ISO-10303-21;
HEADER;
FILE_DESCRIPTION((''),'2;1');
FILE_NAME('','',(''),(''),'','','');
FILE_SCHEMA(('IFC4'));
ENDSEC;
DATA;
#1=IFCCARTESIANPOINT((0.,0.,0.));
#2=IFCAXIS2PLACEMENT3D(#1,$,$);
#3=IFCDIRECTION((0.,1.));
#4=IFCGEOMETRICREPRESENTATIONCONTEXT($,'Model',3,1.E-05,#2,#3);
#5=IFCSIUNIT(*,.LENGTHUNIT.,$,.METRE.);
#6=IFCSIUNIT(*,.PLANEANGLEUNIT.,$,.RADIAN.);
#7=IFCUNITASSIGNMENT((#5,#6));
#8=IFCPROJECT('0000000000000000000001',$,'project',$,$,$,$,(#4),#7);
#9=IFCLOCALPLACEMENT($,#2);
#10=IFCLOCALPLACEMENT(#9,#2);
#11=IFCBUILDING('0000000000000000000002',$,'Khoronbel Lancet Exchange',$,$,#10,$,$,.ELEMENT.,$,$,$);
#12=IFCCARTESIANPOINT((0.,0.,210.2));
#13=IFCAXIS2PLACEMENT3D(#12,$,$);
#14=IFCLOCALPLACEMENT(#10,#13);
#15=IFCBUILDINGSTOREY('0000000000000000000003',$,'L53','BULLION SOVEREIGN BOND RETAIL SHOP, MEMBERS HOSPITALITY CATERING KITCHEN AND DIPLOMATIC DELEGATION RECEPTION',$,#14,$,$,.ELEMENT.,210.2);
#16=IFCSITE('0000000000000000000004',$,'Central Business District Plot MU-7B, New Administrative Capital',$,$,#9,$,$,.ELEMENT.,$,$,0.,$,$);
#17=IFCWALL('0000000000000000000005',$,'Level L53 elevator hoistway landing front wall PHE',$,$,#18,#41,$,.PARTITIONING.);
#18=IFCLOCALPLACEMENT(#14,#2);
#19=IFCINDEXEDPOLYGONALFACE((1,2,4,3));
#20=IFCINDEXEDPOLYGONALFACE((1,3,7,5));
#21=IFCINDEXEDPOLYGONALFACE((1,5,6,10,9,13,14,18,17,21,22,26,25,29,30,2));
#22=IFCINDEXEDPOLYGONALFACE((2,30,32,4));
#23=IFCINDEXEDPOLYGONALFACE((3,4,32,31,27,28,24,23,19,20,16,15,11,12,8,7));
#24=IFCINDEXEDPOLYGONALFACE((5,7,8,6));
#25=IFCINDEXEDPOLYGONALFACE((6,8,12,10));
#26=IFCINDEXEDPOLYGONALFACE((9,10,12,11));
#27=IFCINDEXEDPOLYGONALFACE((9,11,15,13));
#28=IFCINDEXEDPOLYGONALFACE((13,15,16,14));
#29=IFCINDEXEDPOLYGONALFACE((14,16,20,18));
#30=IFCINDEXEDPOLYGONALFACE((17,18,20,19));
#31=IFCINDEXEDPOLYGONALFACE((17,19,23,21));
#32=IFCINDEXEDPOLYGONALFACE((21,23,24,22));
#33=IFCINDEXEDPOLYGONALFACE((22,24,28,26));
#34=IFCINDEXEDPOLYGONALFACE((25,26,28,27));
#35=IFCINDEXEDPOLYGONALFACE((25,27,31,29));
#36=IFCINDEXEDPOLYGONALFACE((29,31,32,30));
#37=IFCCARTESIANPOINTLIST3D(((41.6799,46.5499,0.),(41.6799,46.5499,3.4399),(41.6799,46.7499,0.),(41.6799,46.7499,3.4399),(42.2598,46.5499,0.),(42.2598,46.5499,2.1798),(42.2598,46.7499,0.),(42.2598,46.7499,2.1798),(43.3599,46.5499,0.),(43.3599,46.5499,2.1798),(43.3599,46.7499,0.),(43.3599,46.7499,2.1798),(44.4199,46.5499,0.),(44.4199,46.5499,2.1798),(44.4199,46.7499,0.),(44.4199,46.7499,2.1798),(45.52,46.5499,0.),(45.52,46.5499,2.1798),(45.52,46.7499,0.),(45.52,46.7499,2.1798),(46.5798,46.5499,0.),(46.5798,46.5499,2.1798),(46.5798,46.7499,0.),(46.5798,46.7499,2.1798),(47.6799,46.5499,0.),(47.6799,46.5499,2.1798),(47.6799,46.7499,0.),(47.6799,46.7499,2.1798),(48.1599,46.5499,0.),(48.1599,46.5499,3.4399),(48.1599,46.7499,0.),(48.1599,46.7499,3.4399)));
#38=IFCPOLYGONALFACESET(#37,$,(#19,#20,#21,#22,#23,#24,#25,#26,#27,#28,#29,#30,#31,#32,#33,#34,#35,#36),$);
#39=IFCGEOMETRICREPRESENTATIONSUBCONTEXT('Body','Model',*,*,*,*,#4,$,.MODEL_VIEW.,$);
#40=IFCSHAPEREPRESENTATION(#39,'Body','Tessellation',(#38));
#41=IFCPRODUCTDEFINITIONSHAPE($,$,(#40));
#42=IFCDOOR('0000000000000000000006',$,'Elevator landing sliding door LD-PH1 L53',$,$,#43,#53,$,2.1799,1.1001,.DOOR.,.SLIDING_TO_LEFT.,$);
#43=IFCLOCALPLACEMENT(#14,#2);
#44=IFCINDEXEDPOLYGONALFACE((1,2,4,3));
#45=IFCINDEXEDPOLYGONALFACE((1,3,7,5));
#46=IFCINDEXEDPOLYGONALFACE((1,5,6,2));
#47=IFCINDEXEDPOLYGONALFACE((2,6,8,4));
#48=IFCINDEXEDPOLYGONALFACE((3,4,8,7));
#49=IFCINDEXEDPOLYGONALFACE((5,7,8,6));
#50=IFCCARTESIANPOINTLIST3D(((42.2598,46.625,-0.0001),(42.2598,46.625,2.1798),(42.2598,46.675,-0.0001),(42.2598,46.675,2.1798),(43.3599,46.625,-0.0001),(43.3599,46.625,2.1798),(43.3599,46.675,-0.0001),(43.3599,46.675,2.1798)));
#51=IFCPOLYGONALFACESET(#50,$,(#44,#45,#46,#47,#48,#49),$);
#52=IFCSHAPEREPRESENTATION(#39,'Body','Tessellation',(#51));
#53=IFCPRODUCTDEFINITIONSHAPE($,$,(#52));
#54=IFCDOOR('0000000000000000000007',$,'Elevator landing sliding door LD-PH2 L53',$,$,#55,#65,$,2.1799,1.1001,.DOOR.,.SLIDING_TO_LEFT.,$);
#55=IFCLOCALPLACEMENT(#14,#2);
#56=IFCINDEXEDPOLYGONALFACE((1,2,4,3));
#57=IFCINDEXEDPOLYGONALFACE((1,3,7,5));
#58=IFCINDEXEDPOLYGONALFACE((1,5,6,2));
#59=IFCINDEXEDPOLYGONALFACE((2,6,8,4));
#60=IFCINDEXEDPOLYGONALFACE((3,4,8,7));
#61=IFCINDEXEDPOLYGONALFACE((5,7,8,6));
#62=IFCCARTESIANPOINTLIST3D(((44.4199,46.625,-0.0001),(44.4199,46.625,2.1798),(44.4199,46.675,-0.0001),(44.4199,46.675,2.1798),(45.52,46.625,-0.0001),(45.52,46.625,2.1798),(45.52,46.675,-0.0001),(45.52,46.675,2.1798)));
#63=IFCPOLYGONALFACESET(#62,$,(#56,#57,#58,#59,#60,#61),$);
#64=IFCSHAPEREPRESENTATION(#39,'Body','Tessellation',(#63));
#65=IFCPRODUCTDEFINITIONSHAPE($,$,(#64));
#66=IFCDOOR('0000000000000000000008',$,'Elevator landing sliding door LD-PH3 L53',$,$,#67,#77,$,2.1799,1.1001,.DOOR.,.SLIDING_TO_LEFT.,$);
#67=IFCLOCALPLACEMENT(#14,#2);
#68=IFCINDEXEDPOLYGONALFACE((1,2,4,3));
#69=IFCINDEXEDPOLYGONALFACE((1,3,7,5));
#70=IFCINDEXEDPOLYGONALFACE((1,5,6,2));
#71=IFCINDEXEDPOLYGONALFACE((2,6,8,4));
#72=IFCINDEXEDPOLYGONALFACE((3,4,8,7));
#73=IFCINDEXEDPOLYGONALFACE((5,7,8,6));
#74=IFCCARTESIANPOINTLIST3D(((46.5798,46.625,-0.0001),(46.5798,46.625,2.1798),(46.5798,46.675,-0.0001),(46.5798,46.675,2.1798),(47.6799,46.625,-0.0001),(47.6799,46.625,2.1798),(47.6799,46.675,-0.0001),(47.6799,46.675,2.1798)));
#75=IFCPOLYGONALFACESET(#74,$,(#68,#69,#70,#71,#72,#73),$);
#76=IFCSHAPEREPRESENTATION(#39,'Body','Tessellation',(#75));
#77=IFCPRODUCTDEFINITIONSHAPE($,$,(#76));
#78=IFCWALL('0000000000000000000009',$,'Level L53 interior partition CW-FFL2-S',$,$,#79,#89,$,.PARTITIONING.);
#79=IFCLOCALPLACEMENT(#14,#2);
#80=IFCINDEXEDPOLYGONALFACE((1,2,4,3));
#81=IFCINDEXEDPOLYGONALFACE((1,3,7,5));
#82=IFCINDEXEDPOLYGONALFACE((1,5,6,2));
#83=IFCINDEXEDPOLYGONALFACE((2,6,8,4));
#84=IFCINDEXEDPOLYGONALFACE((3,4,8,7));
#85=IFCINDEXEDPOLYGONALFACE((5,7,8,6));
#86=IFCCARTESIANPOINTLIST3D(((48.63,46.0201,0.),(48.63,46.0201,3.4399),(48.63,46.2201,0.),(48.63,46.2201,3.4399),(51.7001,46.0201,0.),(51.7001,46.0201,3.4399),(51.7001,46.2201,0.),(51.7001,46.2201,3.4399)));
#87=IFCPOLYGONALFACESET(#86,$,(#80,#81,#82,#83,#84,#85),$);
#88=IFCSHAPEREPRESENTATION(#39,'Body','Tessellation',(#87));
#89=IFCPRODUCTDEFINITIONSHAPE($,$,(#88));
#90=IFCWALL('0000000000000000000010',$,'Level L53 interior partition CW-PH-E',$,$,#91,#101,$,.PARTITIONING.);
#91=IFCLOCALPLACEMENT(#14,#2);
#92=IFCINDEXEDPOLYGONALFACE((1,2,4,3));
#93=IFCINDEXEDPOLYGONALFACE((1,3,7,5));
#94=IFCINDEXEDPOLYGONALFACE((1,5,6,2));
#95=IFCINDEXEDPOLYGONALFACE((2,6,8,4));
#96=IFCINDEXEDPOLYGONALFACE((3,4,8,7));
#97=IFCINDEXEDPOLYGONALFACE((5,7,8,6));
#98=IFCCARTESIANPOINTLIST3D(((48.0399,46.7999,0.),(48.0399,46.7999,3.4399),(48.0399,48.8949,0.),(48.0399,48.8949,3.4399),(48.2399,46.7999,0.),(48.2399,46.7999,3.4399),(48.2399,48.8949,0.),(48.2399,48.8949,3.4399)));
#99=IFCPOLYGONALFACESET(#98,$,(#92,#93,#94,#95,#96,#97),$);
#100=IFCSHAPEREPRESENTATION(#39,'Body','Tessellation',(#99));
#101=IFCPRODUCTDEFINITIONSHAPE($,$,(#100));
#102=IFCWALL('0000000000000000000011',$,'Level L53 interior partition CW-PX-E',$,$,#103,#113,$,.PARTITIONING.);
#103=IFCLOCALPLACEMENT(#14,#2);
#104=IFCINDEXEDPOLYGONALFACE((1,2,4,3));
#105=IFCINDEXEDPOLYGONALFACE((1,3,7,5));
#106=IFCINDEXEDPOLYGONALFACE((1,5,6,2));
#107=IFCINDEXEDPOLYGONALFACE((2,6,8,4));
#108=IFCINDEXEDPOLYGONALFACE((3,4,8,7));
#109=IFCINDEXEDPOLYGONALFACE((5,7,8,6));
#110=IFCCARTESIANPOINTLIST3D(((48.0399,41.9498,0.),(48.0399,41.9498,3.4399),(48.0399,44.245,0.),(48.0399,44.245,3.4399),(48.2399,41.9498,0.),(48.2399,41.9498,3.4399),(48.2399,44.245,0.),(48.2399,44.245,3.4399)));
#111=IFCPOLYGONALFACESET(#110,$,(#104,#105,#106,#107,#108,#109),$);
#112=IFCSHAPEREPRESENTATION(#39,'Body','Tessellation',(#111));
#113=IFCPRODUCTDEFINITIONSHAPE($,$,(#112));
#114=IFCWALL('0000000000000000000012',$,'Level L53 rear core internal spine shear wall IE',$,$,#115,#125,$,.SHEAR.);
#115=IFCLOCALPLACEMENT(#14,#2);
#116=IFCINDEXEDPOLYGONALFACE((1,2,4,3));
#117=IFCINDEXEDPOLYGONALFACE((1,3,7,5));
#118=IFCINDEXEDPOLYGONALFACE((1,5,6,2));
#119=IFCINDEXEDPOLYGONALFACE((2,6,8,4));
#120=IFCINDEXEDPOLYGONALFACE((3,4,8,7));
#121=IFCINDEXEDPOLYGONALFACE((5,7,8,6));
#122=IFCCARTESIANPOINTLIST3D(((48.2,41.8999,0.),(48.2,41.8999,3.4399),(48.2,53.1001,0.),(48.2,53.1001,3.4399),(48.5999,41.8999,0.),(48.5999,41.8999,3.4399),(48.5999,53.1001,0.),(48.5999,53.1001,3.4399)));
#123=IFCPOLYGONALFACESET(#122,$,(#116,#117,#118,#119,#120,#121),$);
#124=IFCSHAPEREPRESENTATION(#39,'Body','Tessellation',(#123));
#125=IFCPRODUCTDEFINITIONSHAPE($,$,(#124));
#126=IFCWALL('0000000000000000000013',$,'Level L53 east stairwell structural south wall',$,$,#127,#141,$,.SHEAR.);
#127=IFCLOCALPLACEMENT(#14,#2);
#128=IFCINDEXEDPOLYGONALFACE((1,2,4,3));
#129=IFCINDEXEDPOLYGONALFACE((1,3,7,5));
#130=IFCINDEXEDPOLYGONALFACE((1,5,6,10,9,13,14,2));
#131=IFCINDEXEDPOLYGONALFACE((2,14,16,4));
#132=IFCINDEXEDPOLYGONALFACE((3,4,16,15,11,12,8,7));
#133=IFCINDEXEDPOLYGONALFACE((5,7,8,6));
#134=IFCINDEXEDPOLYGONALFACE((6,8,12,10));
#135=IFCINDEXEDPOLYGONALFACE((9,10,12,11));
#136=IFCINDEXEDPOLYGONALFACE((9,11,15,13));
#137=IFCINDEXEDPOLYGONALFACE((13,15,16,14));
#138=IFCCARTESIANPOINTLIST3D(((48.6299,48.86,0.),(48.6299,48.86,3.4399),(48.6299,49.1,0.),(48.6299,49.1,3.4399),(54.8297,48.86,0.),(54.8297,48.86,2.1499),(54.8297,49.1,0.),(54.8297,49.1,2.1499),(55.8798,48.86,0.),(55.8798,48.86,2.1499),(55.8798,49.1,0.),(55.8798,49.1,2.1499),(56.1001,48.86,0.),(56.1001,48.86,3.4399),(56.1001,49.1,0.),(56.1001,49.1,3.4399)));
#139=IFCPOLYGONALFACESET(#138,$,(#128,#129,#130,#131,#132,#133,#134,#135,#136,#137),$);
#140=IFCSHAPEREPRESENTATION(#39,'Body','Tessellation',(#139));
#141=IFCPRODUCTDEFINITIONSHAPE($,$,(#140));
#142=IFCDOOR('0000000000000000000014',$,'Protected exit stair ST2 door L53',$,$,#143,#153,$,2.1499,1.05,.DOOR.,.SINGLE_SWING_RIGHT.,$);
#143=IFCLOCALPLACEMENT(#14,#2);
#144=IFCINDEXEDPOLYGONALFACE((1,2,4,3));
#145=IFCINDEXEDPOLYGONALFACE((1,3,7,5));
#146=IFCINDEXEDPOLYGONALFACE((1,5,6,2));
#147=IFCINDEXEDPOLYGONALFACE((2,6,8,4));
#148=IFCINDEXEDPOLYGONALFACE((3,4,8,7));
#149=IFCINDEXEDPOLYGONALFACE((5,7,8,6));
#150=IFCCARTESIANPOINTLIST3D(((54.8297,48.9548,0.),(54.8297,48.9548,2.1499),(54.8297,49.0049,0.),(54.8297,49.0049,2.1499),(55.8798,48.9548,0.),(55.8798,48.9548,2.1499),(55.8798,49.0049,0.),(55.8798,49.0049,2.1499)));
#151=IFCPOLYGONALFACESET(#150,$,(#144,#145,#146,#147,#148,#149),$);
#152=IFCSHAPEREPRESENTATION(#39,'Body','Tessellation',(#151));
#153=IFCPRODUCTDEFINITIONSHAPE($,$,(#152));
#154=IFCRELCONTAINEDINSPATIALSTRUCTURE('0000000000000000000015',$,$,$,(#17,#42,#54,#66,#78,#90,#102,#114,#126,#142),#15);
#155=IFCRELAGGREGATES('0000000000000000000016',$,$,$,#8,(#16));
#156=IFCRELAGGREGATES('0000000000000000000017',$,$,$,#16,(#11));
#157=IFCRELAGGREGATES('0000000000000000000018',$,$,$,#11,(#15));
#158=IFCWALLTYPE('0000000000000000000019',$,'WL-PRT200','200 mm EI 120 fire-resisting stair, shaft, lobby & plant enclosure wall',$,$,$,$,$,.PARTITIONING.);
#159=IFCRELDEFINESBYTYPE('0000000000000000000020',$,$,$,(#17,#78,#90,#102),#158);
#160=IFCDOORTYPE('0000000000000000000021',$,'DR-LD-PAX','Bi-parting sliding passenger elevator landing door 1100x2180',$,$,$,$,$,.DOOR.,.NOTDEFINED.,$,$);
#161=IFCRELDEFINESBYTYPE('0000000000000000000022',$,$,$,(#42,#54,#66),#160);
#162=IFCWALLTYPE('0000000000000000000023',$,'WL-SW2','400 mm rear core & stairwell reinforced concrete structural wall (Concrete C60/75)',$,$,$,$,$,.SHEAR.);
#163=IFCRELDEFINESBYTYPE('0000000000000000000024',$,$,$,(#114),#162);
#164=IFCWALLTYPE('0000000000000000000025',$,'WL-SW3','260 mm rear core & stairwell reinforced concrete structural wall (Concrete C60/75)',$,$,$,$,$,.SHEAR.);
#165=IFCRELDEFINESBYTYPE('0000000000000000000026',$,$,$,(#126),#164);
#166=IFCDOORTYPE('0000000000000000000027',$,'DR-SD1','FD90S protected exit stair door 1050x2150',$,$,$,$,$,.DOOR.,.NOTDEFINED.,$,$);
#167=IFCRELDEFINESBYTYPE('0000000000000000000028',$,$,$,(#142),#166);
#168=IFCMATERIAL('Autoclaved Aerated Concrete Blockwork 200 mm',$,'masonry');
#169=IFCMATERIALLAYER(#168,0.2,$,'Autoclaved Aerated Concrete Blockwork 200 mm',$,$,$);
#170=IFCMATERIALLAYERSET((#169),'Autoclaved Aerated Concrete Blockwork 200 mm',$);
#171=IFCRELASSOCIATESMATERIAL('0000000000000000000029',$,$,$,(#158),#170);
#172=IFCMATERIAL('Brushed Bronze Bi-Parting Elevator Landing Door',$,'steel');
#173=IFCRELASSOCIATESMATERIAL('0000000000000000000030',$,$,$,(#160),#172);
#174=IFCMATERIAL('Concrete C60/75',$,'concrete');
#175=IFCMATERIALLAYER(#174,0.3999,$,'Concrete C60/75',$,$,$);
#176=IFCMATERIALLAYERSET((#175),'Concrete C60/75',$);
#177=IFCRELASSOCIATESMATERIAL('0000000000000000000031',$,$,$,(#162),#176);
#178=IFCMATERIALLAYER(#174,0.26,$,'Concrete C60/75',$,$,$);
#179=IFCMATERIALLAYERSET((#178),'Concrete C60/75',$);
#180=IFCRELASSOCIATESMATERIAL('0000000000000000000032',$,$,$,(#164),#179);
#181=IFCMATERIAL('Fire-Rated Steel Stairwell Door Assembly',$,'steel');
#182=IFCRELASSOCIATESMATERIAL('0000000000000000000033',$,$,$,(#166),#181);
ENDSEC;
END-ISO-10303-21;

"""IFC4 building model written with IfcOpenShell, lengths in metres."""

from ifc_helpers import new_model, si_unit, direction, frame, frame_2d, origin, place, context, subcontext, project, spatial, rectangle, extrude, material, layer, layer_set, type_object, element, fill, save


model = new_model("IFC4")

# Units and contexts
model_context = context("Model", 3, precision=1e-05, world=origin(), true_north=direction((0.0, 1.0)))
body_context = subcontext(model_context, "Body", "Model", "MODEL_VIEW")
ifc_project = project(units=[si_unit("LENGTHUNIT", "METRE"), si_unit("PLANEANGLEUNIT", "RADIAN")], contexts=[model_context])

# Site, building, storey
site_placement = place(None, origin())
site = spatial("IfcSite", under=ifc_project, at=site_placement, Name="Central Business District Plot MU-7B, New Administrative Capital", CompositionType="ELEMENT", RefElevation=0.0)
building_placement = place(site_placement, origin())
building = spatial("IfcBuilding", under=site, at=building_placement, Name="Khoronbel Lancet Exchange", CompositionType="ELEMENT")
storey_placement = place(building_placement, frame((0.0, 0.0, 210.2)))
storey = spatial("IfcBuildingStorey", under=building, at=storey_placement, Name="L53", Description="BULLION SOVEREIGN BOND RETAIL SHOP, MEMBERS HOSPITALITY CATERING KITCHEN AND DIPLOMATIC DELEGATION RECEPTION", CompositionType="ELEMENT", Elevation=210.2)

# Shared definitions
ifc_material_1 = material(Name="Autoclaved Aerated Concrete Blockwork 200 mm", Category="masonry")
ifc_layer_1 = layer(ifc_material_1, 0.2, Name="Autoclaved Aerated Concrete Blockwork 200 mm")
ifc_layer_set_1 = layer_set([ifc_layer_1], Name="Autoclaved Aerated Concrete Blockwork 200 mm")
wall_type_1 = type_object("IfcWallType", Name="WL-PRT200", Description="200 mm EI 120 fire-resisting stair, shaft, lobby & plant enclosure wall", PredefinedType="PARTITIONING", material=ifc_layer_set_1)

# Wall, openings, doors
wall_1_placement = place(storey_placement, frame((48.1599, 46.6499, 0.0), z_axis=(0.0, 0.0, 1.0), x_axis=(-1.0, 0.0, 0.0)))
wall_1 = element("IfcWall", 1, at=wall_1_placement, inside=storey, type_object=wall_type_1, Name="Level L53 elevator hoistway landing front wall PHE", PredefinedType="PARTITIONING", context=body_context, shape_type="SweptSolid", body=[
    extrude(rectangle(XDim=6.48, YDim=0.2, at=frame_2d((3.24, 0.0))), origin(), (0.0, 0.0, 1.0), 3.4399),
])
opening_1_placement = place(wall_1_placement, frame((4.8, 0.0, 0.0)))
opening_1 = element("IfcOpeningElement", 2, at=opening_1_placement, cuts=wall_1, PredefinedType="OPENING", context=body_context, shape_type="SweptSolid", body=[
    extrude(rectangle(XDim=1.1001, YDim=2.1799, at=frame_2d((0.55, 1.0898))), frame((0.0, 0.1099, 0.0), z_axis=(0.0, -1.0, 0.0), x_axis=(1.0, 0.0, 0.0)), (0.0, 0.0, 1.0), 0.22),
])
opening_2_placement = place(wall_1_placement, frame((2.6399, 0.0, 0.0)))
opening_2 = element("IfcOpeningElement", 3, at=opening_2_placement, cuts=wall_1, PredefinedType="OPENING", context=body_context, shape_type="SweptSolid", body=[
    extrude(rectangle(XDim=1.1001, YDim=2.1799, at=frame_2d((0.55, 1.0898))), frame((0.0, 0.1099, 0.0), z_axis=(0.0, -1.0, 0.0), x_axis=(1.0, 0.0, 0.0)), (0.0, 0.0, 1.0), 0.22),
])
opening_3_placement = place(wall_1_placement, frame((0.48, 0.0, 0.0)))
opening_3 = element("IfcOpeningElement", 4, at=opening_3_placement, cuts=wall_1, PredefinedType="OPENING", context=body_context, shape_type="SweptSolid", body=[
    extrude(rectangle(XDim=1.1001, YDim=2.1799, at=frame_2d((0.55, 1.0898))), frame((0.0, 0.1099, 0.0), z_axis=(0.0, -1.0, 0.0), x_axis=(1.0, 0.0, 0.0)), (0.0, 0.0, 1.0), 0.22),
])
ifc_material_2 = material(Name="Brushed Bronze Bi-Parting Elevator Landing Door", Category="steel")
door_type_1 = type_object("IfcDoorType", Name="DR-LD-PAX", Description="Bi-parting sliding passenger elevator landing door 1100x2180", OperationType="NOTDEFINED", PredefinedType="DOOR", material=ifc_material_2)
door_1_placement = place(opening_1_placement, origin())
door_1 = element("IfcDoor", 5, at=door_1_placement, inside=storey, type_object=door_type_1, Name="Elevator landing sliding door LD-PH1 L53", OperationType="SLIDING_TO_LEFT", OverallHeight=2.1799, OverallWidth=1.1001, PredefinedType="DOOR", context=body_context, shape_type="SweptSolid", body=[
    extrude(rectangle(XDim=1.1001, YDim=2.1799, at=frame_2d((0.55, 1.0898))), frame((0.0, 0.0249, 0.0), z_axis=(0.0, -1.0, 0.0), x_axis=(1.0, 0.0, 0.0)), (0.0, 0.0, 1.0), 0.05),
])
fill(opening_1, door_1)
door_2_placement = place(opening_2_placement, origin())
door_2 = element("IfcDoor", 6, at=door_2_placement, inside=storey, type_object=door_type_1, Name="Elevator landing sliding door LD-PH2 L53", OperationType="SLIDING_TO_LEFT", OverallHeight=2.1799, OverallWidth=1.1001, PredefinedType="DOOR", context=body_context, shape_type="SweptSolid", body=[
    extrude(rectangle(XDim=1.1001, YDim=2.1799, at=frame_2d((0.55, 1.0898))), frame((0.0, 0.0249, 0.0), z_axis=(0.0, -1.0, 0.0), x_axis=(1.0, 0.0, 0.0)), (0.0, 0.0, 1.0), 0.05),
])
fill(opening_2, door_2)
door_3_placement = place(opening_3_placement, origin())
door_3 = element("IfcDoor", 7, at=door_3_placement, inside=storey, type_object=door_type_1, Name="Elevator landing sliding door LD-PH3 L53", OperationType="SLIDING_TO_LEFT", OverallHeight=2.1799, OverallWidth=1.1001, PredefinedType="DOOR", context=body_context, shape_type="SweptSolid", body=[
    extrude(rectangle(XDim=1.1001, YDim=2.1799, at=frame_2d((0.55, 1.0898))), frame((0.0, 0.0249, 0.0), z_axis=(0.0, -1.0, 0.0), x_axis=(1.0, 0.0, 0.0)), (0.0, 0.0, 1.0), 0.05),
])
fill(opening_3, door_3)

# Walls
wall_2_placement = place(storey_placement, frame((48.6299, 46.1201, 0.0), z_axis=(0.0, 0.0, 1.0), x_axis=(1.0, 0.0, 0.0)))
element("IfcWall", 8, at=wall_2_placement, inside=storey, type_object=wall_type_1, Name="Level L53 interior partition CW-FFL2-S", PredefinedType="PARTITIONING", context=body_context, shape_type="SweptSolid", body=[
    extrude(rectangle(XDim=3.0701, YDim=0.2, at=frame_2d((1.5352, 0.0))), origin(), (0.0, 0.0, 1.0), 3.4399),
])
wall_3_placement = place(storey_placement, frame((48.1399, 46.8, 0.0), z_axis=(0.0, 0.0, 1.0), x_axis=(0.0, 1.0, 0.0)))
element("IfcWall", 9, at=wall_3_placement, inside=storey, type_object=wall_type_1, Name="Level L53 interior partition CW-PH-E", PredefinedType="PARTITIONING", context=body_context, shape_type="SweptSolid", body=[
    extrude(rectangle(XDim=2.095, YDim=0.2, at=frame_2d((1.0474, 0.0))), origin(), (0.0, 0.0, 1.0), 3.4399),
])
wall_4_placement = place(storey_placement, frame((48.1399, 41.95, 0.0), z_axis=(0.0, 0.0, 1.0), x_axis=(0.0, 1.0, 0.0)))
element("IfcWall", 10, at=wall_4_placement, inside=storey, type_object=wall_type_1, Name="Level L53 interior partition CW-PX-E", PredefinedType="PARTITIONING", context=body_context, shape_type="SweptSolid", body=[
    extrude(rectangle(XDim=2.2952, YDim=0.2, at=frame_2d((1.1475, 0.0))), origin(), (0.0, 0.0, 1.0), 3.4399),
])
ifc_material_3 = material(Name="Concrete C60/75", Category="concrete")
ifc_layer_2 = layer(ifc_material_3, 0.3999, Name="Concrete C60/75")
ifc_layer_set_2 = layer_set([ifc_layer_2], Name="Concrete C60/75")
wall_type_2 = type_object("IfcWallType", Name="WL-SW2", Description="400 mm rear core & stairwell reinforced concrete structural wall (Concrete C60/75)", PredefinedType="SHEAR", material=ifc_layer_set_2)
wall_5_placement = place(storey_placement, frame((48.3999, 41.8999, 0.0), z_axis=(0.0, 0.0, 1.0), x_axis=(0.0, 1.0, 0.0)))
element("IfcWall", 11, at=wall_5_placement, inside=storey, type_object=wall_type_2, Name="Level L53 rear core internal spine shear wall IE", PredefinedType="SHEAR", context=body_context, shape_type="SweptSolid", body=[
    extrude(rectangle(XDim=11.2002, YDim=0.3999, at=frame_2d((5.6001, 0.0))), origin(), (0.0, 0.0, 1.0), 3.4399),
])

# Wall, opening, door
ifc_layer_3 = layer(ifc_material_3, 0.26, Name="Concrete C60/75")
ifc_layer_set_3 = layer_set([ifc_layer_3], Name="Concrete C60/75")
wall_type_3 = type_object("IfcWallType", Name="WL-SW3", Description="260 mm rear core & stairwell reinforced concrete structural wall (Concrete C60/75)", PredefinedType="SHEAR", material=ifc_layer_set_3)
wall_6_placement = place(storey_placement, frame((48.6299, 48.98, 0.0), z_axis=(0.0, 0.0, 1.0), x_axis=(1.0, 0.0, 0.0)))
wall_6 = element("IfcWall", 12, at=wall_6_placement, inside=storey, type_object=wall_type_3, Name="Level L53 east stairwell structural south wall", PredefinedType="SHEAR", context=body_context, shape_type="SweptSolid", body=[
    extrude(rectangle(XDim=7.4702, YDim=0.24, at=frame_2d((3.7351, 0.0))), origin(), (0.0, 0.0, 1.0), 3.4399),
])
opening_4_placement = place(wall_6_placement, frame((6.2, 0.0, 0.0)))
opening_4 = element("IfcOpeningElement", 13, at=opening_4_placement, cuts=wall_6, PredefinedType="OPENING", context=body_context, shape_type="SweptSolid", body=[
    extrude(rectangle(XDim=1.05, YDim=2.1499, at=frame_2d((0.5249, 1.075))), frame((0.0, 0.1299, 0.0), z_axis=(0.0, -1.0, 0.0), x_axis=(1.0, 0.0, 0.0)), (0.0, 0.0, 1.0), 0.26),
])
ifc_material_4 = material(Name="Fire-Rated Steel Stairwell Door Assembly", Category="steel")
door_type_2 = type_object("IfcDoorType", Name="DR-SD1", Description="FD90S protected exit stair door 1050x2150", OperationType="NOTDEFINED", PredefinedType="DOOR", material=ifc_material_4)
door_4_placement = place(opening_4_placement, origin())
door_4 = element("IfcDoor", 14, at=door_4_placement, inside=storey, type_object=door_type_2, Name="Protected exit stair ST2 door L53", OperationType="SINGLE_SWING_RIGHT", OverallHeight=2.1499, OverallWidth=1.05, PredefinedType="DOOR", context=body_context, shape_type="SweptSolid", body=[
    extrude(rectangle(XDim=1.05, YDim=2.1499, at=frame_2d((0.5249, 1.075))), frame((0.0, 0.0249, 0.0), z_axis=(0.0, -1.0, 0.0), x_axis=(1.0, 0.0, 0.0)), (0.0, 0.0, 1.0), 0.05),
])
fill(opening_4, door_4)

save(model, "model.ifc")
